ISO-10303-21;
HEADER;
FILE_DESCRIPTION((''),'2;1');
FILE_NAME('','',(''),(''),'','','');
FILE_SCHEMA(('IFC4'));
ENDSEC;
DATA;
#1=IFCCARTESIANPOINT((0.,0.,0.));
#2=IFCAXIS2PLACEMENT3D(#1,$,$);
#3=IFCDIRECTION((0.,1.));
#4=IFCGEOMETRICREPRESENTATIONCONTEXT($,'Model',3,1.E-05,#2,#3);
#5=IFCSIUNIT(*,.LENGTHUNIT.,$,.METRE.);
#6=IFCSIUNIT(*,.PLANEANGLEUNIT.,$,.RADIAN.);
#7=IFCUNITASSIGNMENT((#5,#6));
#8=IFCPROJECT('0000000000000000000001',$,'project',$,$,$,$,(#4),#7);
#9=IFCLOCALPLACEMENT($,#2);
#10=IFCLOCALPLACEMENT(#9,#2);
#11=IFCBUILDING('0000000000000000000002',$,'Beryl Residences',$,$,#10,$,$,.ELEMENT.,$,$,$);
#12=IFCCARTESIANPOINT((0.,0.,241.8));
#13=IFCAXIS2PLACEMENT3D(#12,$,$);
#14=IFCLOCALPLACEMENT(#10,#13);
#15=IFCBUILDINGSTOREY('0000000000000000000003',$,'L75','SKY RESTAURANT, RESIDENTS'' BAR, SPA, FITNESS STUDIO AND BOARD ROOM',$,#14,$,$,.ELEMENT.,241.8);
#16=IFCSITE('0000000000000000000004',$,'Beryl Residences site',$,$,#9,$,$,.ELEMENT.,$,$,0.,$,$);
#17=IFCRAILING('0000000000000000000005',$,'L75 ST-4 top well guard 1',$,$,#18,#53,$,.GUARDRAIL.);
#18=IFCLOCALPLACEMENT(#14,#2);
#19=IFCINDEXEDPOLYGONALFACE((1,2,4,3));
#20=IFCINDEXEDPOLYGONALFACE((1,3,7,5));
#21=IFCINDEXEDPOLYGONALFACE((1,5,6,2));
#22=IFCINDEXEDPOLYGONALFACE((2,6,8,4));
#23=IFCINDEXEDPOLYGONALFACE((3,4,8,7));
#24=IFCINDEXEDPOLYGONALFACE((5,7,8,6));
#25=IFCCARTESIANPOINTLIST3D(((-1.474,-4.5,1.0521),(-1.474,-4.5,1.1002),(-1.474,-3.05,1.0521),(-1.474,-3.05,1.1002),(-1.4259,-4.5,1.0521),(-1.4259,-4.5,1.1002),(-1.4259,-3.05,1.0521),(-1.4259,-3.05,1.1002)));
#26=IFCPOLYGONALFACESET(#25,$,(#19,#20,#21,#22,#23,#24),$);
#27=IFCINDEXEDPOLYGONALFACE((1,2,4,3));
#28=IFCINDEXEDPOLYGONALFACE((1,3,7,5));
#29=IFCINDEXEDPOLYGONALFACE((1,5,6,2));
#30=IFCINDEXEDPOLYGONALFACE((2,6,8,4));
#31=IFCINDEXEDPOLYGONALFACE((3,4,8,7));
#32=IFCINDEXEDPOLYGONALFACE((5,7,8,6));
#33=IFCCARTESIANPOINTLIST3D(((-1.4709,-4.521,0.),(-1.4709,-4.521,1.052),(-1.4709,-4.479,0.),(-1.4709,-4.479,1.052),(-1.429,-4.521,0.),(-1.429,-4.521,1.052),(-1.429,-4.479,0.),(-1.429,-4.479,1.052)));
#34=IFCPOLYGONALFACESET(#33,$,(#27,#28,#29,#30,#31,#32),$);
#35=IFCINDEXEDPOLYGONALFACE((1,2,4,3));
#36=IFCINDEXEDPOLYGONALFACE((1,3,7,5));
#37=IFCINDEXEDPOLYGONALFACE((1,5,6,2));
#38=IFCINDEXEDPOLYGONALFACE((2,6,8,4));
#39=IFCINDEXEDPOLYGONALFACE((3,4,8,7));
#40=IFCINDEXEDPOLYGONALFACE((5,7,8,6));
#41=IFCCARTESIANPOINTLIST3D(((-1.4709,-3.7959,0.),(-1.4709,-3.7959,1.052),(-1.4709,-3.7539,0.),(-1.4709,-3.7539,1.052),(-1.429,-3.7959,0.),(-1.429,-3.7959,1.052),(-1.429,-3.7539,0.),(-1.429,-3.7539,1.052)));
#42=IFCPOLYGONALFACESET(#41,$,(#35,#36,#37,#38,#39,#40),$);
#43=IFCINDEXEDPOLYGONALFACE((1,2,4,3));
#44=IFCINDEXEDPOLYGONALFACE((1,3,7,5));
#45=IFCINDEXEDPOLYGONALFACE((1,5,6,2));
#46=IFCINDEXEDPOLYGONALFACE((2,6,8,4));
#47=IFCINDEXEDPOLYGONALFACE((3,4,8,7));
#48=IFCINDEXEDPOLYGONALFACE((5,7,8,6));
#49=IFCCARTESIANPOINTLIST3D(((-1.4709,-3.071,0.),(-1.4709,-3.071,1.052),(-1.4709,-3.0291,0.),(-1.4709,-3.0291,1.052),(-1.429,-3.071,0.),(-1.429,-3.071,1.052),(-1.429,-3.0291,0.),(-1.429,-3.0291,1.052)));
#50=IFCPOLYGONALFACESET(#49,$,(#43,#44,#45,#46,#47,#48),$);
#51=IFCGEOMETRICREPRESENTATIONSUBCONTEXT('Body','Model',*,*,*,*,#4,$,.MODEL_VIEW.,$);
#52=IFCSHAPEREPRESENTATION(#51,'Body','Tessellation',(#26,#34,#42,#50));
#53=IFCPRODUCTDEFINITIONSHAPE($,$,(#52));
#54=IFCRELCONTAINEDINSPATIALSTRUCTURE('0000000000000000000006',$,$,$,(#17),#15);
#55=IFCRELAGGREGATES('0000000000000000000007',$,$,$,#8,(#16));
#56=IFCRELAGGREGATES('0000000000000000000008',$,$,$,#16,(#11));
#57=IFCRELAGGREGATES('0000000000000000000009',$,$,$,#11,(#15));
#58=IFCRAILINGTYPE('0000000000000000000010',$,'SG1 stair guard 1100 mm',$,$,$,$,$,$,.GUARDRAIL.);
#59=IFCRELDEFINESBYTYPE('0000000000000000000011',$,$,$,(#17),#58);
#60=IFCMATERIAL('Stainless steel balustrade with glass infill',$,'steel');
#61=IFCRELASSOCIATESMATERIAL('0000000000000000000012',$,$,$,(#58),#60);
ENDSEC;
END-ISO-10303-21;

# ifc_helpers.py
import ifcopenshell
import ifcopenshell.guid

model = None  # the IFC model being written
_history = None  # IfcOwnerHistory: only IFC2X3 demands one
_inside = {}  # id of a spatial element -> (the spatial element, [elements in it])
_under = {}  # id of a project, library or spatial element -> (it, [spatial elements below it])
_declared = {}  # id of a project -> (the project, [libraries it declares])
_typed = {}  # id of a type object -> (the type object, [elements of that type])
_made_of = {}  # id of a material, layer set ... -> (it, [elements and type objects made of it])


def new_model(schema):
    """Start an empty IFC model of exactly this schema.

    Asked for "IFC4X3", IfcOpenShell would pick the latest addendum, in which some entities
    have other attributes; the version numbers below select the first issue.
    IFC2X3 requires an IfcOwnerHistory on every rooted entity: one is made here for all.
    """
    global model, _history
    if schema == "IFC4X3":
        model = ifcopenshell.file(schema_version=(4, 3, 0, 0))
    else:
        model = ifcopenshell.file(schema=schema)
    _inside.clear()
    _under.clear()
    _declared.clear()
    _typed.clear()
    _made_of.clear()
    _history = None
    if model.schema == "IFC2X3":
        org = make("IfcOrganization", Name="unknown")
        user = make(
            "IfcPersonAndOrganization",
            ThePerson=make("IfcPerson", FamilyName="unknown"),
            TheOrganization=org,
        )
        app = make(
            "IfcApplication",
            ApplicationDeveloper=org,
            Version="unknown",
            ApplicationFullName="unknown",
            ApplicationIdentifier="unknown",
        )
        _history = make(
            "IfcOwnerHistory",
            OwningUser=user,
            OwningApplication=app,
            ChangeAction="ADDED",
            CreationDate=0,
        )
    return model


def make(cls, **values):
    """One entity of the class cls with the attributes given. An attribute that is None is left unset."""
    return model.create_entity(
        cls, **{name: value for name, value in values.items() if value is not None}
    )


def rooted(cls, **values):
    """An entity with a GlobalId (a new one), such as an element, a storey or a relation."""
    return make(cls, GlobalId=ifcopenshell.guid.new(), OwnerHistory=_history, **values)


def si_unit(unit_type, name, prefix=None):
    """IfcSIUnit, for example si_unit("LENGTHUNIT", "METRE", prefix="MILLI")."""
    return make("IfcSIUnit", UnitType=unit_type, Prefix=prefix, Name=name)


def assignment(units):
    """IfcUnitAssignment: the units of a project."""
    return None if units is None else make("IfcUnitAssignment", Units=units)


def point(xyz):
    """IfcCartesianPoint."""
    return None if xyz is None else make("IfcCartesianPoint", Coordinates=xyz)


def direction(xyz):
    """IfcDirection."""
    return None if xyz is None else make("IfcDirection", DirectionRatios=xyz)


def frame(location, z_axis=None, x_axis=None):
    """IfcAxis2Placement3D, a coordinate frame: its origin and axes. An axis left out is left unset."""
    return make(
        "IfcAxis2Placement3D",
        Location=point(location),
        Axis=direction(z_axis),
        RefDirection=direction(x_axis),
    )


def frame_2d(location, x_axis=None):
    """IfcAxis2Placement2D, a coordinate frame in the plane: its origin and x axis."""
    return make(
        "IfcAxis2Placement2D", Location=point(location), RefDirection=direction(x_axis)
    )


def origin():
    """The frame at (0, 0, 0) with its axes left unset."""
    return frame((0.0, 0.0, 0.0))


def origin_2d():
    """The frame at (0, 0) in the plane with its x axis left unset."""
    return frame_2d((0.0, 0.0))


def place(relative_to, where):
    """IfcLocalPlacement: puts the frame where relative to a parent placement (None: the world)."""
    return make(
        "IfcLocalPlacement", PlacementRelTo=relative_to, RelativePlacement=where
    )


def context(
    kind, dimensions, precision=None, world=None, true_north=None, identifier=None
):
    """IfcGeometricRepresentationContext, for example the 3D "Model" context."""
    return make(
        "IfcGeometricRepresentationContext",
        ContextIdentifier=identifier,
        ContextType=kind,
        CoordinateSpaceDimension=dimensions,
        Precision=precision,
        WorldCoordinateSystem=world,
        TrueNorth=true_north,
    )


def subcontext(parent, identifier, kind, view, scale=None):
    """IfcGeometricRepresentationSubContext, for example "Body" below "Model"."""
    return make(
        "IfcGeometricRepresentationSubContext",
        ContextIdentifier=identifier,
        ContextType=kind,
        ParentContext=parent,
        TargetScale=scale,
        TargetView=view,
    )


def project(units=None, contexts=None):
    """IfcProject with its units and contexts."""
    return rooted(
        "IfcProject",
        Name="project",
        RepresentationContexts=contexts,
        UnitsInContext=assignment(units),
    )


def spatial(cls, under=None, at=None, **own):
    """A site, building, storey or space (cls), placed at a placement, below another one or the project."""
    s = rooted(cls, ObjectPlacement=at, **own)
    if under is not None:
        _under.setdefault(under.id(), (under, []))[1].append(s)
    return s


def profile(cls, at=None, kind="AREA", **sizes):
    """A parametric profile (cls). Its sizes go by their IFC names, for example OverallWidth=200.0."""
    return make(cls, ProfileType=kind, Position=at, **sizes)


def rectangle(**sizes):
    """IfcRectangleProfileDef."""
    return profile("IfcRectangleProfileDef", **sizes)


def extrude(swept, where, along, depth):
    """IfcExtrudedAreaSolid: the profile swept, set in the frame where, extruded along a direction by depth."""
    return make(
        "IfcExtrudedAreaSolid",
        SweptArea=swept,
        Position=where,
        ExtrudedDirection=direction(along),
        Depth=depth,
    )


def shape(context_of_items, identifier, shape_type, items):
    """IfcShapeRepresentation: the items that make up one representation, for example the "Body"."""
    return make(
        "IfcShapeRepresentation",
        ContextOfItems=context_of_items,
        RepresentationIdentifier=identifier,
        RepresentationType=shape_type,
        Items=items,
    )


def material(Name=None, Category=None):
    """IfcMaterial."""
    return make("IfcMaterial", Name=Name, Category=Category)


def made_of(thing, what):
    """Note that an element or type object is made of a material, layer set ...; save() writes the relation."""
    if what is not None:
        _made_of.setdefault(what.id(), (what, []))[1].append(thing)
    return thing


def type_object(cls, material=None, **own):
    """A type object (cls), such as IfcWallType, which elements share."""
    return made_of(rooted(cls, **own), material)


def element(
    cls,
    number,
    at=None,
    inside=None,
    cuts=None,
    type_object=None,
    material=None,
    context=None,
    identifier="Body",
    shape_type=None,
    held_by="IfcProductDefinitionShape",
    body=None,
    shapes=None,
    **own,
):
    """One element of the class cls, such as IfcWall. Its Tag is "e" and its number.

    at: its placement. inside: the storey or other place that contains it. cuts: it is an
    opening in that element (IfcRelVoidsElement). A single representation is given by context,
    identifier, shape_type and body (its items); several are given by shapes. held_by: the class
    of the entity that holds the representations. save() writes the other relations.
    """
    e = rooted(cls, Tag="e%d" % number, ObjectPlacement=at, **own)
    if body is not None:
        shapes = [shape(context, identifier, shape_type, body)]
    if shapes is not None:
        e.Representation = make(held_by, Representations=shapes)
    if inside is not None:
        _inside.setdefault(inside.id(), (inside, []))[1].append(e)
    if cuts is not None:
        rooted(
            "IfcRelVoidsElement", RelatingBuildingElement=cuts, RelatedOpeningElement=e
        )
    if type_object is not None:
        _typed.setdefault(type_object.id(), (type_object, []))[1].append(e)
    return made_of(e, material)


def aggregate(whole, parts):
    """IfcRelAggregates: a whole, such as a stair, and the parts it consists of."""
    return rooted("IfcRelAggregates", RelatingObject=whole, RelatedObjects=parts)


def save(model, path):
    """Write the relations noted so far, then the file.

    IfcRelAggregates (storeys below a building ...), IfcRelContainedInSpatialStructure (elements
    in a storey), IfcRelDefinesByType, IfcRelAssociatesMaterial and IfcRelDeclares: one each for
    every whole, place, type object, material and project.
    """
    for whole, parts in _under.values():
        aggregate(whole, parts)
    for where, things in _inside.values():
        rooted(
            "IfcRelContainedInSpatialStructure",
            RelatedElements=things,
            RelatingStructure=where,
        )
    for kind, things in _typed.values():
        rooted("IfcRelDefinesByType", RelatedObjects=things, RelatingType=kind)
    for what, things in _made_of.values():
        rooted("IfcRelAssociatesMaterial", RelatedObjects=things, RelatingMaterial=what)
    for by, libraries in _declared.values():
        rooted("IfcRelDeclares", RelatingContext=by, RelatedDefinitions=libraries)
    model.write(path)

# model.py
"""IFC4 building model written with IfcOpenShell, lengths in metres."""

from ifc_helpers import new_model, si_unit, direction, frame, origin, origin_2d, place, context, subcontext, project, spatial, rectangle, extrude, material, type_object, element, save


model = new_model("IFC4")

# Units and contexts
model_context = context("Model", 3, precision=1e-05, world=origin(), true_north=direction((0.0, 1.0)))
body_context = subcontext(model_context, "Body", "Model", "MODEL_VIEW")
ifc_project = project(units=[si_unit("LENGTHUNIT", "METRE"), si_unit("PLANEANGLEUNIT", "RADIAN")], contexts=[model_context])

# Site, building, storey
site_placement = place(None, origin())
site = spatial("IfcSite", under=ifc_project, at=site_placement, Name="Beryl Residences site", CompositionType="ELEMENT", RefElevation=0.0)
building_placement = place(site_placement, origin())
building = spatial("IfcBuilding", under=site, at=building_placement, Name="Beryl Residences", CompositionType="ELEMENT")
storey_placement = place(building_placement, frame((0.0, 0.0, 241.8)))
storey = spatial("IfcBuildingStorey", under=building, at=storey_placement, Name="L75", Description="SKY RESTAURANT, RESIDENTS' BAR, SPA, FITNESS STUDIO AND BOARD ROOM", CompositionType="ELEMENT", Elevation=241.8)

# Railing
ifc_material_1 = material(Name="Stainless steel balustrade with glass infill", Category="steel")
railing_type = type_object("IfcRailingType", Name="SG1 stair guard 1100 mm", PredefinedType="GUARDRAIL", material=ifc_material_1)
railing_1_placement = place(storey_placement, frame((-1.45, -4.5, 0.0)))
element("IfcRailing", 1, at=railing_1_placement, inside=storey, type_object=railing_type, Name="L75 ST-4 top well guard 1", PredefinedType="GUARDRAIL", context=body_context, shape_type="SweptSolid", body=[
    extrude(rectangle(XDim=0.0481, YDim=0.0481, at=origin_2d()), frame((0.0, 0.0, 1.0762), z_axis=(0.0, 1.0, 0.0), x_axis=(-1.0, 0.0, 0.0)), (0.0, 0.0, 1.0), 1.45),
    extrude(rectangle(XDim=0.042, YDim=0.042, at=origin_2d()), origin(), (0.0, 0.0, 1.0), 1.052),
    extrude(rectangle(XDim=0.042, YDim=0.042, at=origin_2d()), frame((0.0, 0.7251, 0.0)), (0.0, 0.0, 1.0), 1.052),
    extrude(rectangle(XDim=0.042, YDim=0.042, at=origin_2d()), frame((0.0, 1.45, 0.0)), (0.0, 0.0, 1.0), 1.052),
])

save(model, "model.ifc")
